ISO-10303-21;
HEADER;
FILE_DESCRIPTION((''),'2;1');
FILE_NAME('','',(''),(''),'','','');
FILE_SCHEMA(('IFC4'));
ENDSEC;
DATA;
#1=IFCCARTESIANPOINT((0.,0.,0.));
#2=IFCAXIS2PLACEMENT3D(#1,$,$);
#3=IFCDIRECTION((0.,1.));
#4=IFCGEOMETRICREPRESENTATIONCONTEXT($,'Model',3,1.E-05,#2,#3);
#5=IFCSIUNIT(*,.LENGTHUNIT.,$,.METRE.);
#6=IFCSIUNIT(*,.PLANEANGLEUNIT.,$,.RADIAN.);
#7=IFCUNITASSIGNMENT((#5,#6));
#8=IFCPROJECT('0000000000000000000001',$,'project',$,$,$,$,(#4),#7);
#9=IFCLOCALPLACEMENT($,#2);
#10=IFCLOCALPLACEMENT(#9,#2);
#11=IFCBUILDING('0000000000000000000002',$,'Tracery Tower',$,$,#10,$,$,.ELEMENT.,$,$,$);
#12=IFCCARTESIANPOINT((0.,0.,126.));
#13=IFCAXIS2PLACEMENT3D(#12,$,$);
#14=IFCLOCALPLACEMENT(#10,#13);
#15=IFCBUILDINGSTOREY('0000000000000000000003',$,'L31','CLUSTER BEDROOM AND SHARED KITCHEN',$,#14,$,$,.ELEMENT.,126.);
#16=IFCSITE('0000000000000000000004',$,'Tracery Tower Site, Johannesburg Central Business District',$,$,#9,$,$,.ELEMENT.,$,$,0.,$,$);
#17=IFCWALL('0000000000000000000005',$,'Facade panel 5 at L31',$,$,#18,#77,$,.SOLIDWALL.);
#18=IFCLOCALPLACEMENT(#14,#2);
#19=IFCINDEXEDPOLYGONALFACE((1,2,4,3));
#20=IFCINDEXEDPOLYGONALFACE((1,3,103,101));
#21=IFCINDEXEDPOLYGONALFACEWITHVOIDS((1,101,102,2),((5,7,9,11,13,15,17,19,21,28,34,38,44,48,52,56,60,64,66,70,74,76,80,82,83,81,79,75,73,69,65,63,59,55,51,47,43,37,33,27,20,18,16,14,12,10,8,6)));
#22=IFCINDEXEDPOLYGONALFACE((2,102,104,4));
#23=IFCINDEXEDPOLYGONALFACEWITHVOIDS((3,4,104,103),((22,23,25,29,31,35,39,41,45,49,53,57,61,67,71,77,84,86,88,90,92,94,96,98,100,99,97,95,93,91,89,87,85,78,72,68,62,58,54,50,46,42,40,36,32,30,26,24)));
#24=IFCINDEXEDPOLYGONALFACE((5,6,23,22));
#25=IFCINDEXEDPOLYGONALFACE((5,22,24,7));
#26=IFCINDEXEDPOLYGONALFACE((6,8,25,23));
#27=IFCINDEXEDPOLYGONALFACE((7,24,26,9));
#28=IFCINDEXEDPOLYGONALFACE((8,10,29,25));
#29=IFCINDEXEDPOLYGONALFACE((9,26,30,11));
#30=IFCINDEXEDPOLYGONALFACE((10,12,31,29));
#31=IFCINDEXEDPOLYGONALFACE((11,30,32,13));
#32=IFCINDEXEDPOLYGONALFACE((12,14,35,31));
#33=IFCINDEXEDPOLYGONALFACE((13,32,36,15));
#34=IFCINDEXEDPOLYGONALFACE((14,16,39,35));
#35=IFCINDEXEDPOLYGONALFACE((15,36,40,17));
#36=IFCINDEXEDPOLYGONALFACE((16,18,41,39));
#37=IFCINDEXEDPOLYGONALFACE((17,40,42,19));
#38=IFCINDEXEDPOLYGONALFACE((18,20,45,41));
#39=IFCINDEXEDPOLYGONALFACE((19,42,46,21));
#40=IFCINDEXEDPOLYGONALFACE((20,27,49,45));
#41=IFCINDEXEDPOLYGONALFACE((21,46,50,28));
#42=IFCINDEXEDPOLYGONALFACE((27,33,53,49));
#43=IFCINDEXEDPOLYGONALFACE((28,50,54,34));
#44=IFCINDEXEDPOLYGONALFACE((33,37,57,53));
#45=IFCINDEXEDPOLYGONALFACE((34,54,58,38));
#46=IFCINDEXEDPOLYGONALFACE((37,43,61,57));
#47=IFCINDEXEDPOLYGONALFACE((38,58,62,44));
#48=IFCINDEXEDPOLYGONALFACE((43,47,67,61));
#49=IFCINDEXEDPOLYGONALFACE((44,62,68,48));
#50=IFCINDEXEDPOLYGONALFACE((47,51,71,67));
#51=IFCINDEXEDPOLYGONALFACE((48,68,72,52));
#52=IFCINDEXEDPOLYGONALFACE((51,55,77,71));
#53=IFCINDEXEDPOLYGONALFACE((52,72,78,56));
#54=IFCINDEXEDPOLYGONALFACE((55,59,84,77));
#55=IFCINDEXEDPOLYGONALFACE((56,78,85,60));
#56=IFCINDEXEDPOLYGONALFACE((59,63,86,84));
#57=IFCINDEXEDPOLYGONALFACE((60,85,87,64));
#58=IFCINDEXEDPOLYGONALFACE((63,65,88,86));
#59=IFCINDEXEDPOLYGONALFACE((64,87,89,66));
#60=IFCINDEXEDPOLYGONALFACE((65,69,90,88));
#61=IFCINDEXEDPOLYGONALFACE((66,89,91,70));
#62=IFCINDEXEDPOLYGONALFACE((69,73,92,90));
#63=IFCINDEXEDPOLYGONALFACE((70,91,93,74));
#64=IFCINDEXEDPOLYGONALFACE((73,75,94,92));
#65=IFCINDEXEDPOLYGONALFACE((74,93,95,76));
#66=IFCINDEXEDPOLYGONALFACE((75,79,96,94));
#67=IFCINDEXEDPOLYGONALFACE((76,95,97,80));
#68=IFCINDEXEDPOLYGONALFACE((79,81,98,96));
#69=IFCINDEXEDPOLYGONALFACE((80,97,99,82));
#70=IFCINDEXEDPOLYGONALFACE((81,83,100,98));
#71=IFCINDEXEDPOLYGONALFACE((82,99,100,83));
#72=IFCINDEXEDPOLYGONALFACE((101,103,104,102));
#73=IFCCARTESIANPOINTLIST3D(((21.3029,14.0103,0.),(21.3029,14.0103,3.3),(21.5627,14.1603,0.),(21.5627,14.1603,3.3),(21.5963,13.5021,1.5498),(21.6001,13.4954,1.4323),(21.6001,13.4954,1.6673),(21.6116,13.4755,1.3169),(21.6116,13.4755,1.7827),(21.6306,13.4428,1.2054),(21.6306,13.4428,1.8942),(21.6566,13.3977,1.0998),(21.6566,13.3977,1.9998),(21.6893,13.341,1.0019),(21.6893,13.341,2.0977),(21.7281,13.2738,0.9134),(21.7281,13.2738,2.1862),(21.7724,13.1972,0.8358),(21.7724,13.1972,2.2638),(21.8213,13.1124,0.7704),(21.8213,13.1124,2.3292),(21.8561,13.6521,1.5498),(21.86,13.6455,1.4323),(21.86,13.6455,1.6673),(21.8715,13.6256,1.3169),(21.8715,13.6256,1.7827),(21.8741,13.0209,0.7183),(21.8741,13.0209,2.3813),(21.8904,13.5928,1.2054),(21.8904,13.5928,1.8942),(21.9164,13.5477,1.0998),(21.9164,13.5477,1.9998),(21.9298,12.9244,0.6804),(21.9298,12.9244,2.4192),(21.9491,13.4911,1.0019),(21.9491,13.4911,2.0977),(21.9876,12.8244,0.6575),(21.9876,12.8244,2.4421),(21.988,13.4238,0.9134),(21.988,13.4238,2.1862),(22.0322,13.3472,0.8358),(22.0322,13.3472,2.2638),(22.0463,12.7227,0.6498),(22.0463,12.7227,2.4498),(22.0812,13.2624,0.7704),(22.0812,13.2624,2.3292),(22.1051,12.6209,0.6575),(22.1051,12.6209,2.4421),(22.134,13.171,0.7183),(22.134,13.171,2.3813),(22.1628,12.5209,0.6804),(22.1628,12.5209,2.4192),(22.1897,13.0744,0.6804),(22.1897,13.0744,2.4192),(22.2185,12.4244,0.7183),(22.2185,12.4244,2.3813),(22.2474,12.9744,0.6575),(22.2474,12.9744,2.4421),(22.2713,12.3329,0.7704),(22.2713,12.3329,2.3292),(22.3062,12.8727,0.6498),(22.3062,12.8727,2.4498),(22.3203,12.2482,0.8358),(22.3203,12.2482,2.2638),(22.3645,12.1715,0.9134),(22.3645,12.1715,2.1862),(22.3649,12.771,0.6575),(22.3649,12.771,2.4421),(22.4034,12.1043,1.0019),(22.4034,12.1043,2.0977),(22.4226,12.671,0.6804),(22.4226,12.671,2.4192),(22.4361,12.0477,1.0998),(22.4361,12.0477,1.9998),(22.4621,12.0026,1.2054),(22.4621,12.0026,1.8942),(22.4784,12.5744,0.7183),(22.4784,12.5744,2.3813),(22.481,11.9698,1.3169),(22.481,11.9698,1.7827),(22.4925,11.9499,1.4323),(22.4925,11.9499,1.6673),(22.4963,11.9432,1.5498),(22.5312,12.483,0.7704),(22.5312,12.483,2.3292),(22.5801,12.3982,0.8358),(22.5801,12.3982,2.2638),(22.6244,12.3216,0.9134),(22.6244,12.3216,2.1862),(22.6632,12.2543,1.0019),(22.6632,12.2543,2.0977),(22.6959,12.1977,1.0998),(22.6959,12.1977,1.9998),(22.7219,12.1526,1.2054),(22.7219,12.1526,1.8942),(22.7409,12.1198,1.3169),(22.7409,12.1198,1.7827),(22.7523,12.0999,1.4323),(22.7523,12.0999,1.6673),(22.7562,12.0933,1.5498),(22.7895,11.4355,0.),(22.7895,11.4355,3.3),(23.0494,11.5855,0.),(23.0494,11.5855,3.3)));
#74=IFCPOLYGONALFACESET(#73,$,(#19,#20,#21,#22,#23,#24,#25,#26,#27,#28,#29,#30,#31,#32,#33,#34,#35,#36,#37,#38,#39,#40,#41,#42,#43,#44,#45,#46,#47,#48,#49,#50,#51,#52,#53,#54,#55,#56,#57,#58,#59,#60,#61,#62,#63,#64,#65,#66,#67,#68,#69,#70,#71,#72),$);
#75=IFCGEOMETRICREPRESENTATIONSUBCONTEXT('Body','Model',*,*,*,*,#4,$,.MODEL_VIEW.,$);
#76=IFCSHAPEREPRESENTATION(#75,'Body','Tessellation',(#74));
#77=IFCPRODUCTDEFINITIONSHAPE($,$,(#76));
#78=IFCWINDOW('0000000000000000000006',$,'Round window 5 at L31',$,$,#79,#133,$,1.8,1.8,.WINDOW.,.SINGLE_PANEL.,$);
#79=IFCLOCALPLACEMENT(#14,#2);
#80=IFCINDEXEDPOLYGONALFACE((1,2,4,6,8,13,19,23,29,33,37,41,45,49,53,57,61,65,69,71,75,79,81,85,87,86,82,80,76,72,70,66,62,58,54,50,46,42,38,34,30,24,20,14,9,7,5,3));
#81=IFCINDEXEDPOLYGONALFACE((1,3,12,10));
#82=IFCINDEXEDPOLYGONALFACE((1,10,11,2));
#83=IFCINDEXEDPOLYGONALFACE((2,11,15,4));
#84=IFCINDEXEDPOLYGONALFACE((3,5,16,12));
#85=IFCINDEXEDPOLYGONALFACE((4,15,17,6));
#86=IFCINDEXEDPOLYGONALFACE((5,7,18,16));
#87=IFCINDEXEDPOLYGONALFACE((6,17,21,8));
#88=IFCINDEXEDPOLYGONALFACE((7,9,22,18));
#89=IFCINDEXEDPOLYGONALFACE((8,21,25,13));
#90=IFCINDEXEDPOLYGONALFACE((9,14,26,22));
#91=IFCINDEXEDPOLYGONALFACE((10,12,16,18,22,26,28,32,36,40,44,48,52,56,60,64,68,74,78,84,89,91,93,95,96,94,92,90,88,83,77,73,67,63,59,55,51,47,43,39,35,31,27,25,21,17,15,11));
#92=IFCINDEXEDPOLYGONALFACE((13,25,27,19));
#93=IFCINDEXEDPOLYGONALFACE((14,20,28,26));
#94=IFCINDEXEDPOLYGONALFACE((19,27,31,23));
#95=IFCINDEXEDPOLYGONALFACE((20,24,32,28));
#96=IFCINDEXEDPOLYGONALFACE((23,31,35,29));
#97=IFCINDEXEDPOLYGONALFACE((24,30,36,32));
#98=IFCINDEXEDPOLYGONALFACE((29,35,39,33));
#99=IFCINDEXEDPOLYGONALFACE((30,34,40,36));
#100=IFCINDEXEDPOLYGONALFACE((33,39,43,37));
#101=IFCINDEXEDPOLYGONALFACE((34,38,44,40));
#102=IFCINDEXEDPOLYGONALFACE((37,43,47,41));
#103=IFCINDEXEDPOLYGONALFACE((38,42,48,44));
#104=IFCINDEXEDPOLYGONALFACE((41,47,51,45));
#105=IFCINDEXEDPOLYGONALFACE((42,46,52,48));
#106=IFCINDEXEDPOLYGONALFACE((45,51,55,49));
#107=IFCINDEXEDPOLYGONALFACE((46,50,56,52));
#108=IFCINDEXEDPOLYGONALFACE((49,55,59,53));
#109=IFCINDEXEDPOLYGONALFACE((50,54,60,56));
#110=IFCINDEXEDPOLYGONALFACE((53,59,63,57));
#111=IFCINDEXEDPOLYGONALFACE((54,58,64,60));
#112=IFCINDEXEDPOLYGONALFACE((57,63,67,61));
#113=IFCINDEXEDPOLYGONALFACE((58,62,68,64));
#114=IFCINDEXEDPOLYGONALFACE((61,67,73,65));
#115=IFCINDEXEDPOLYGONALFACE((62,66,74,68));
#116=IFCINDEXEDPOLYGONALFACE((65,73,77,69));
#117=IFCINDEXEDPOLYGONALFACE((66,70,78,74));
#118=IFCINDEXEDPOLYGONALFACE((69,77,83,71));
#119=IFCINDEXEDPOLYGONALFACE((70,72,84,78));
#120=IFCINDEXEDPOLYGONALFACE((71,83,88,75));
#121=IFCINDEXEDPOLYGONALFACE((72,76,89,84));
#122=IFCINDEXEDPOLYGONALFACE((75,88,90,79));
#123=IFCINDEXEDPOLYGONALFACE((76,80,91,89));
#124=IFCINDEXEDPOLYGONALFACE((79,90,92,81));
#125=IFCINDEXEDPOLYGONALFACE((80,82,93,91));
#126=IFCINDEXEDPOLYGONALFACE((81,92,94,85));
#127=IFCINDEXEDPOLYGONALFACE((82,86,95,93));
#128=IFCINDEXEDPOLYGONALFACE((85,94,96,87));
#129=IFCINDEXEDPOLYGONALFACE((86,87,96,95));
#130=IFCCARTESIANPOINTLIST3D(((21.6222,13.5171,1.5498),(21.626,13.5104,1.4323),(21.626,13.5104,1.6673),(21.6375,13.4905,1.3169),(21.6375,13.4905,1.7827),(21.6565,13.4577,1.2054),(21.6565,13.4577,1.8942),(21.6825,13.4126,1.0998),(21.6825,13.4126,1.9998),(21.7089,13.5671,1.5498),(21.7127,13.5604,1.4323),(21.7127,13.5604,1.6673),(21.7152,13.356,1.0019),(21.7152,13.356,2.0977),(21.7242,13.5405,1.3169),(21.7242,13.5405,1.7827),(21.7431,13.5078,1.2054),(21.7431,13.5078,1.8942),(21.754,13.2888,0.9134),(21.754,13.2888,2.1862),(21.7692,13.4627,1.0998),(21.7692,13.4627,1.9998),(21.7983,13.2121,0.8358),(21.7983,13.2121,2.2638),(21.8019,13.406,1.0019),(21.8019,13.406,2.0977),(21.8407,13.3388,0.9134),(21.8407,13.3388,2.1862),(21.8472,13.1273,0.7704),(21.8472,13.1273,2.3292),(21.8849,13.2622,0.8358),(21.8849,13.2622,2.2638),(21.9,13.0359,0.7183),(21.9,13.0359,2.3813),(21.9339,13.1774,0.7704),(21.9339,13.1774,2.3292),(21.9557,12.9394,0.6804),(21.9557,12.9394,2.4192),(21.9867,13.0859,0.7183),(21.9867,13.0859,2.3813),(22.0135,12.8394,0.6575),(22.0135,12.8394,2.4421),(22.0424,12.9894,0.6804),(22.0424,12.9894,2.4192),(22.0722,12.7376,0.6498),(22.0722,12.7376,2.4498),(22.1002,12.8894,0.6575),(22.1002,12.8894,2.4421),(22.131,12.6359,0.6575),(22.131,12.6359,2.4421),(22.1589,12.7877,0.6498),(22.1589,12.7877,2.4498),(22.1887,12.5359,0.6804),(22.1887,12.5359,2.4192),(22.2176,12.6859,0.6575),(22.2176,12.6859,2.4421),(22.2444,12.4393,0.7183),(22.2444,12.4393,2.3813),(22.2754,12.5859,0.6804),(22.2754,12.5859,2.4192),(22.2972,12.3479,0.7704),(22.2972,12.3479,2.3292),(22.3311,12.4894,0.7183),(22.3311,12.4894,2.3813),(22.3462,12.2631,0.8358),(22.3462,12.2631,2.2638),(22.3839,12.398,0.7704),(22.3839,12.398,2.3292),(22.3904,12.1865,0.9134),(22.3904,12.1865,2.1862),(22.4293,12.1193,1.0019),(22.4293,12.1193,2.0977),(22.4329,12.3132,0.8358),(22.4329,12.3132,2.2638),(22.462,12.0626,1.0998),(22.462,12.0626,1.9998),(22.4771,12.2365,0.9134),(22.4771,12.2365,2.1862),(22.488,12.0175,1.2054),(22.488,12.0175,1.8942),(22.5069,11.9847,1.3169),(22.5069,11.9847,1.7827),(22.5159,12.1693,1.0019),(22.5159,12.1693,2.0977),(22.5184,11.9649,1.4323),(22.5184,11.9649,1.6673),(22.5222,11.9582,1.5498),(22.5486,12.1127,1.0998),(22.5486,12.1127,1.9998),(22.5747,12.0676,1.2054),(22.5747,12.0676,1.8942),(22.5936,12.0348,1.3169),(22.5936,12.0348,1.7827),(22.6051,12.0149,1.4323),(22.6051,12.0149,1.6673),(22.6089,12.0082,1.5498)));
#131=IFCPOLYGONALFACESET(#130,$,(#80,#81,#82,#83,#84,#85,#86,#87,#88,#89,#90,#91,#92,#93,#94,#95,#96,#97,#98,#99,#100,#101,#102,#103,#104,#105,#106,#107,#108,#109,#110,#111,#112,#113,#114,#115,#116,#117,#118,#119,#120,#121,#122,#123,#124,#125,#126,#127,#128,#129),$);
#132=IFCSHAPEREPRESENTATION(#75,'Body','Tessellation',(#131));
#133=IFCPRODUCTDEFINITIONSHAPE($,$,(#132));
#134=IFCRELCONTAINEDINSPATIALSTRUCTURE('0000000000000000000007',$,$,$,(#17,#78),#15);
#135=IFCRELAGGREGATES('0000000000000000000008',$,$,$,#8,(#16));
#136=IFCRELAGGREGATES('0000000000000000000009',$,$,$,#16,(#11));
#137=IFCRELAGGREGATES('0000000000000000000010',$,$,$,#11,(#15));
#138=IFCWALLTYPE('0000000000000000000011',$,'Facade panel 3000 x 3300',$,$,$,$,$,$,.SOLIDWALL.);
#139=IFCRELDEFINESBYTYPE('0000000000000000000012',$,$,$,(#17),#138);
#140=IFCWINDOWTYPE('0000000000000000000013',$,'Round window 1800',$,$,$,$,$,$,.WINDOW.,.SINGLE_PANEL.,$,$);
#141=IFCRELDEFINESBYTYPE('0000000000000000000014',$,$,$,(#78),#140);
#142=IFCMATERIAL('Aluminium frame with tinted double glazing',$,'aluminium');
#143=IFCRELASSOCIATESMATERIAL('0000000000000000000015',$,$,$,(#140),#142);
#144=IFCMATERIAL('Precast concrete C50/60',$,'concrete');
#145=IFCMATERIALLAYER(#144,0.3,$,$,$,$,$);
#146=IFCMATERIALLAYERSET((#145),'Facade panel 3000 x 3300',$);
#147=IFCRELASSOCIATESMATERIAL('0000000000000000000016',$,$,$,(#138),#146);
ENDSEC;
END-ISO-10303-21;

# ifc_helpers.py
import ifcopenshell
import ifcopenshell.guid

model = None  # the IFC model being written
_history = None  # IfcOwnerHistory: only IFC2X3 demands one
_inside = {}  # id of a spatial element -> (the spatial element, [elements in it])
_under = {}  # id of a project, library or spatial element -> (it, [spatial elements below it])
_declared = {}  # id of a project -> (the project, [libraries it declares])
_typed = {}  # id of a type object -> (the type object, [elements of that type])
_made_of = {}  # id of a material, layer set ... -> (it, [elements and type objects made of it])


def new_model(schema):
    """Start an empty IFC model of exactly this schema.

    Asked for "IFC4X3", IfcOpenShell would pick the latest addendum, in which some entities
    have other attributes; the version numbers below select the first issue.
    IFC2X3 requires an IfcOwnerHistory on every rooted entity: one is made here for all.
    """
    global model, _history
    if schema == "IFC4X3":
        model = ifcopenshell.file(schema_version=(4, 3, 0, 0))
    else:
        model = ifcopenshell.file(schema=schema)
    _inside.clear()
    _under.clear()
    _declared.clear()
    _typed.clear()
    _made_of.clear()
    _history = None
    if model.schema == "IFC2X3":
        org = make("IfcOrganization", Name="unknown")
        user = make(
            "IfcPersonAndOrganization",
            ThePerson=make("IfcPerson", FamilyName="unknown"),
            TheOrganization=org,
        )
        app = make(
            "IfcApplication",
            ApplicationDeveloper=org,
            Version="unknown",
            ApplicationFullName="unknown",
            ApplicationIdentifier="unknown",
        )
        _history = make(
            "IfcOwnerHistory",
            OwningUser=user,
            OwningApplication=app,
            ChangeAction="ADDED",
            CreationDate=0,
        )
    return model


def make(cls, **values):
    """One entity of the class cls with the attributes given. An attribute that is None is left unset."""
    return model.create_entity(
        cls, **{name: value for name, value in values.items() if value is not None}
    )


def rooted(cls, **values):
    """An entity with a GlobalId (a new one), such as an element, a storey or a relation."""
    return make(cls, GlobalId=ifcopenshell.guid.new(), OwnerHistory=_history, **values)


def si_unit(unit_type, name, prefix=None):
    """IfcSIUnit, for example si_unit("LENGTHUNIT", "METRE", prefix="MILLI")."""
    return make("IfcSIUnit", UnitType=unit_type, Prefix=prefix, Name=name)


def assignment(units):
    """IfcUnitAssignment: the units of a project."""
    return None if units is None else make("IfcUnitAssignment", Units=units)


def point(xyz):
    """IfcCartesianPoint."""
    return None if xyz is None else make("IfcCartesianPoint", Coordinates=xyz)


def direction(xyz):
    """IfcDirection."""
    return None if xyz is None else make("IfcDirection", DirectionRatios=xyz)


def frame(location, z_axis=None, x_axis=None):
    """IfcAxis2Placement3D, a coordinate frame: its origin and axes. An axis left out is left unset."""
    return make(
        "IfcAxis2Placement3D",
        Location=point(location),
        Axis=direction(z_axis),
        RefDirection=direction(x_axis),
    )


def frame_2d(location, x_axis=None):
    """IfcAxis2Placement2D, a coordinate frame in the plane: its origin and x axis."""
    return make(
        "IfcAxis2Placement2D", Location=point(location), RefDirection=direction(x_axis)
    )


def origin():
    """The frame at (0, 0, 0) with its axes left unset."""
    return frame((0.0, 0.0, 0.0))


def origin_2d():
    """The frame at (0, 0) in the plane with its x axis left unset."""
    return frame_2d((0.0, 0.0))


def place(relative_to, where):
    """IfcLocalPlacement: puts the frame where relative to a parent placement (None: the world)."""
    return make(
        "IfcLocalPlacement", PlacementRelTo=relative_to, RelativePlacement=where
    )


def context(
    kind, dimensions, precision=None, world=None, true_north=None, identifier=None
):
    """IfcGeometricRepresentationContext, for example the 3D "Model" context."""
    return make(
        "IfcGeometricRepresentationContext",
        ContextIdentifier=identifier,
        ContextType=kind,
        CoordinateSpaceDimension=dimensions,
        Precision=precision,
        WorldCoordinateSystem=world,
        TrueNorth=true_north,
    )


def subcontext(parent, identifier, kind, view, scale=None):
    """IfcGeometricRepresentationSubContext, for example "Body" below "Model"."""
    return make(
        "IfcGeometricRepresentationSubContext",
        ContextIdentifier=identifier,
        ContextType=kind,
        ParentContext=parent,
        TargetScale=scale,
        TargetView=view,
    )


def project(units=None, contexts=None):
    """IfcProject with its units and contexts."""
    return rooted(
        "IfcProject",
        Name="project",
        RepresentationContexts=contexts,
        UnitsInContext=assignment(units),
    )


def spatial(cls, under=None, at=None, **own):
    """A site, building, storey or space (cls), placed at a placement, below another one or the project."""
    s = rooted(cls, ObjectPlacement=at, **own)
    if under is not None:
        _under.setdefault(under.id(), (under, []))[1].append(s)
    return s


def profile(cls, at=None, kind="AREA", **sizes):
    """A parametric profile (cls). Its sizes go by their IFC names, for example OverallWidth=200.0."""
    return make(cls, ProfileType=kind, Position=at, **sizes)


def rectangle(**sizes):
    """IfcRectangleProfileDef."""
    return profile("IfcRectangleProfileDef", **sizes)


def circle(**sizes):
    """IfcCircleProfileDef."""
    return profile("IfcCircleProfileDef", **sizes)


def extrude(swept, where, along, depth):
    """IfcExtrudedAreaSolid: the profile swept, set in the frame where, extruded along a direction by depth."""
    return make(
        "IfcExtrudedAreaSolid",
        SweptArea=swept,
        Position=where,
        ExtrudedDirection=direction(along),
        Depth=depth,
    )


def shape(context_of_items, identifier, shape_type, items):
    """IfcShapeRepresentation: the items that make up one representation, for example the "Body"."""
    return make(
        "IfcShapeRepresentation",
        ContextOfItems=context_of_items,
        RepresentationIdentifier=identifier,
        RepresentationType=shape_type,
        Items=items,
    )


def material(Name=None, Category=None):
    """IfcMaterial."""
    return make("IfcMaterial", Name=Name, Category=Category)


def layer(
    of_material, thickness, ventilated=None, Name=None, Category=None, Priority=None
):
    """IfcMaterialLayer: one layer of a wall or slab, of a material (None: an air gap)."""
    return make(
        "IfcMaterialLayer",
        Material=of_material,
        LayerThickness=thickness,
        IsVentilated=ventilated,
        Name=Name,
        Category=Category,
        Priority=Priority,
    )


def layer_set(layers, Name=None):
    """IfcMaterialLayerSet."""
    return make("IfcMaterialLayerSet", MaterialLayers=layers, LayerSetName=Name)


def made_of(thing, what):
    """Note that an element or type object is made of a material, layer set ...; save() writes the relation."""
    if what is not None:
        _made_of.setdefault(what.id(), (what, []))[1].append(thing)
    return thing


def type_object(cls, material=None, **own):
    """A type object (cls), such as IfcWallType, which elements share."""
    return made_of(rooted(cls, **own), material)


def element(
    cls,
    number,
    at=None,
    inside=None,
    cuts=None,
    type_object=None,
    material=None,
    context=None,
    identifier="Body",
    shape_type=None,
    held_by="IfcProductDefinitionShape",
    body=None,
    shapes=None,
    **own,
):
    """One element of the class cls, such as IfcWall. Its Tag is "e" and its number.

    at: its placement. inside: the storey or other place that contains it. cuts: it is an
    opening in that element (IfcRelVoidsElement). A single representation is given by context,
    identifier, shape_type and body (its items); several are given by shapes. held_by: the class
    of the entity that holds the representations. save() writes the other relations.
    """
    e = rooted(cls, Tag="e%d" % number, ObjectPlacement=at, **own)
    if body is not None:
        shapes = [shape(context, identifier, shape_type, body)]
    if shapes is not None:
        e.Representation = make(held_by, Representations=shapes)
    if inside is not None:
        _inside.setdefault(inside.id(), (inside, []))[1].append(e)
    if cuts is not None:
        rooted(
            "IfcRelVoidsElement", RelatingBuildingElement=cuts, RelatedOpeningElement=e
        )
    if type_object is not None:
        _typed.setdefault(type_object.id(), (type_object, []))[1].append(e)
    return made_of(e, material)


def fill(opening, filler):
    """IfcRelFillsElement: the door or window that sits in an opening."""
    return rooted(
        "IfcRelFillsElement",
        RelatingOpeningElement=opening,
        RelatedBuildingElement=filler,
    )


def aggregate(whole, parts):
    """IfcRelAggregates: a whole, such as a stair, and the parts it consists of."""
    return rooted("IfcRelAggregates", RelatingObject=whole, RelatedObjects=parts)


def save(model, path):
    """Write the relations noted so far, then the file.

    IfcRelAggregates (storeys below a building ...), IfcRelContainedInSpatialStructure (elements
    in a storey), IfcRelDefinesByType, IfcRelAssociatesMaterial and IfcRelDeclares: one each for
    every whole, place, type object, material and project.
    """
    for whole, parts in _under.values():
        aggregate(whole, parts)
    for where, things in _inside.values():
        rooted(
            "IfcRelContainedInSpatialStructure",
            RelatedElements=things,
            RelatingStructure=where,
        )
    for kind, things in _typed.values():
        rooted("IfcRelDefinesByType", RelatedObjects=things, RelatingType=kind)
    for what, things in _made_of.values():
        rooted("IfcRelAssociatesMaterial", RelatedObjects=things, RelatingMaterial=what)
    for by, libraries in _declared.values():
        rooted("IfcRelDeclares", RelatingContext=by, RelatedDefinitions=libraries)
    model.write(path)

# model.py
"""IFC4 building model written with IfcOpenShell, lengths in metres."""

from ifc_helpers import new_model, si_unit, direction, frame, frame_2d, origin, origin_2d, place, context, subcontext, project, spatial, rectangle, circle, extrude, material, layer, layer_set, type_object, element, fill, save


model = new_model("IFC4")

# Units and contexts
model_context = context("Model", 3, precision=1e-05, world=origin(), true_north=direction((0.0, 1.0)))
body_context = subcontext(model_context, "Body", "Model", "MODEL_VIEW")
ifc_project = project(units=[si_unit("LENGTHUNIT", "METRE"), si_unit("PLANEANGLEUNIT", "RADIAN")], contexts=[model_context])

# Site, building, storey
site_placement = place(None, origin())
site = spatial("IfcSite", under=ifc_project, at=site_placement, Name="Tracery Tower Site, Johannesburg Central Business District", CompositionType="ELEMENT", RefElevation=0.0)
building_placement = place(site_placement, origin())
building = spatial("IfcBuilding", under=site, at=building_placement, Name="Tracery Tower", CompositionType="ELEMENT")
storey_placement = place(building_placement, frame((0.0, 0.0, 126.0)))
storey = spatial("IfcBuildingStorey", under=building, at=storey_placement, Name="L31", Description="CLUSTER BEDROOM AND SHARED KITCHEN", CompositionType="ELEMENT", Elevation=126.0)

# Wall, opening, window
ifc_material_1 = material(Name="Aluminium frame with tinted double glazing", Category="aluminium")
window_type = type_object("IfcWindowType", Name="Round window 1800", PartitioningType="SINGLE_PANEL", PredefinedType="WINDOW", material=ifc_material_1)
ifc_material_2 = material(Name="Precast concrete C50/60", Category="concrete")
ifc_layer_1 = layer(ifc_material_2, 0.3)
ifc_layer_set_1 = layer_set([ifc_layer_1], Name="Facade panel 3000 x 3300")
wall_type_1 = type_object("IfcWallType", Name="Facade panel 3000 x 3300", PredefinedType="SOLIDWALL", material=ifc_layer_set_1)
wall_1_placement = place(storey_placement, frame((22.9194, 11.5105, 0.0), z_axis=(0.0, 0.0, 1.0), x_axis=(-0.500016, 0.866016, 0.0)))
wall_1 = element("IfcWall", 1, at=wall_1_placement, inside=storey, type_object=wall_type_1, Name="Facade panel 5 at L31", PredefinedType="SOLIDWALL", context=body_context, shape_type="SweptSolid", body=[
    extrude(rectangle(XDim=2.9731, YDim=0.3, at=frame_2d((1.4866, 0.0))), origin(), (0.0, 0.0, 1.0), 3.3),
])
opening_1_placement = place(wall_1_placement, frame((1.4863, 0.0, 1.5498)))
opening_1 = element("IfcOpeningElement", 2, at=opening_1_placement, cuts=wall_1, PredefinedType="OPENING", context=body_context, shape_type="SweptSolid", body=[
    extrude(circle(Radius=0.9, at=origin_2d()), frame((0.0, 0.1599, 0.0), z_axis=(0.0, -1.0, 0.0), x_axis=(1.0, 0.0, 0.0)), (0.0, 0.0, 1.0), 0.3201),
])
window_1_placement = place(opening_1_placement, origin())
window_1 = element("IfcWindow", 3, at=window_1_placement, inside=storey, type_object=window_type, Name="Round window 5 at L31", OverallHeight=1.8, OverallWidth=1.8, PartitioningType="SINGLE_PANEL", PredefinedType="WINDOW", context=body_context, shape_type="SweptSolid", body=[
    extrude(circle(Radius=0.9, at=origin_2d()), frame((0.0, 0.1201, 0.0), z_axis=(0.0, -1.0, 0.0), x_axis=(1.0, 0.0, 0.0)), (0.0, 0.0, 1.0), 0.1001),
])
fill(opening_1, window_1)

save(model, "model.ifc")
